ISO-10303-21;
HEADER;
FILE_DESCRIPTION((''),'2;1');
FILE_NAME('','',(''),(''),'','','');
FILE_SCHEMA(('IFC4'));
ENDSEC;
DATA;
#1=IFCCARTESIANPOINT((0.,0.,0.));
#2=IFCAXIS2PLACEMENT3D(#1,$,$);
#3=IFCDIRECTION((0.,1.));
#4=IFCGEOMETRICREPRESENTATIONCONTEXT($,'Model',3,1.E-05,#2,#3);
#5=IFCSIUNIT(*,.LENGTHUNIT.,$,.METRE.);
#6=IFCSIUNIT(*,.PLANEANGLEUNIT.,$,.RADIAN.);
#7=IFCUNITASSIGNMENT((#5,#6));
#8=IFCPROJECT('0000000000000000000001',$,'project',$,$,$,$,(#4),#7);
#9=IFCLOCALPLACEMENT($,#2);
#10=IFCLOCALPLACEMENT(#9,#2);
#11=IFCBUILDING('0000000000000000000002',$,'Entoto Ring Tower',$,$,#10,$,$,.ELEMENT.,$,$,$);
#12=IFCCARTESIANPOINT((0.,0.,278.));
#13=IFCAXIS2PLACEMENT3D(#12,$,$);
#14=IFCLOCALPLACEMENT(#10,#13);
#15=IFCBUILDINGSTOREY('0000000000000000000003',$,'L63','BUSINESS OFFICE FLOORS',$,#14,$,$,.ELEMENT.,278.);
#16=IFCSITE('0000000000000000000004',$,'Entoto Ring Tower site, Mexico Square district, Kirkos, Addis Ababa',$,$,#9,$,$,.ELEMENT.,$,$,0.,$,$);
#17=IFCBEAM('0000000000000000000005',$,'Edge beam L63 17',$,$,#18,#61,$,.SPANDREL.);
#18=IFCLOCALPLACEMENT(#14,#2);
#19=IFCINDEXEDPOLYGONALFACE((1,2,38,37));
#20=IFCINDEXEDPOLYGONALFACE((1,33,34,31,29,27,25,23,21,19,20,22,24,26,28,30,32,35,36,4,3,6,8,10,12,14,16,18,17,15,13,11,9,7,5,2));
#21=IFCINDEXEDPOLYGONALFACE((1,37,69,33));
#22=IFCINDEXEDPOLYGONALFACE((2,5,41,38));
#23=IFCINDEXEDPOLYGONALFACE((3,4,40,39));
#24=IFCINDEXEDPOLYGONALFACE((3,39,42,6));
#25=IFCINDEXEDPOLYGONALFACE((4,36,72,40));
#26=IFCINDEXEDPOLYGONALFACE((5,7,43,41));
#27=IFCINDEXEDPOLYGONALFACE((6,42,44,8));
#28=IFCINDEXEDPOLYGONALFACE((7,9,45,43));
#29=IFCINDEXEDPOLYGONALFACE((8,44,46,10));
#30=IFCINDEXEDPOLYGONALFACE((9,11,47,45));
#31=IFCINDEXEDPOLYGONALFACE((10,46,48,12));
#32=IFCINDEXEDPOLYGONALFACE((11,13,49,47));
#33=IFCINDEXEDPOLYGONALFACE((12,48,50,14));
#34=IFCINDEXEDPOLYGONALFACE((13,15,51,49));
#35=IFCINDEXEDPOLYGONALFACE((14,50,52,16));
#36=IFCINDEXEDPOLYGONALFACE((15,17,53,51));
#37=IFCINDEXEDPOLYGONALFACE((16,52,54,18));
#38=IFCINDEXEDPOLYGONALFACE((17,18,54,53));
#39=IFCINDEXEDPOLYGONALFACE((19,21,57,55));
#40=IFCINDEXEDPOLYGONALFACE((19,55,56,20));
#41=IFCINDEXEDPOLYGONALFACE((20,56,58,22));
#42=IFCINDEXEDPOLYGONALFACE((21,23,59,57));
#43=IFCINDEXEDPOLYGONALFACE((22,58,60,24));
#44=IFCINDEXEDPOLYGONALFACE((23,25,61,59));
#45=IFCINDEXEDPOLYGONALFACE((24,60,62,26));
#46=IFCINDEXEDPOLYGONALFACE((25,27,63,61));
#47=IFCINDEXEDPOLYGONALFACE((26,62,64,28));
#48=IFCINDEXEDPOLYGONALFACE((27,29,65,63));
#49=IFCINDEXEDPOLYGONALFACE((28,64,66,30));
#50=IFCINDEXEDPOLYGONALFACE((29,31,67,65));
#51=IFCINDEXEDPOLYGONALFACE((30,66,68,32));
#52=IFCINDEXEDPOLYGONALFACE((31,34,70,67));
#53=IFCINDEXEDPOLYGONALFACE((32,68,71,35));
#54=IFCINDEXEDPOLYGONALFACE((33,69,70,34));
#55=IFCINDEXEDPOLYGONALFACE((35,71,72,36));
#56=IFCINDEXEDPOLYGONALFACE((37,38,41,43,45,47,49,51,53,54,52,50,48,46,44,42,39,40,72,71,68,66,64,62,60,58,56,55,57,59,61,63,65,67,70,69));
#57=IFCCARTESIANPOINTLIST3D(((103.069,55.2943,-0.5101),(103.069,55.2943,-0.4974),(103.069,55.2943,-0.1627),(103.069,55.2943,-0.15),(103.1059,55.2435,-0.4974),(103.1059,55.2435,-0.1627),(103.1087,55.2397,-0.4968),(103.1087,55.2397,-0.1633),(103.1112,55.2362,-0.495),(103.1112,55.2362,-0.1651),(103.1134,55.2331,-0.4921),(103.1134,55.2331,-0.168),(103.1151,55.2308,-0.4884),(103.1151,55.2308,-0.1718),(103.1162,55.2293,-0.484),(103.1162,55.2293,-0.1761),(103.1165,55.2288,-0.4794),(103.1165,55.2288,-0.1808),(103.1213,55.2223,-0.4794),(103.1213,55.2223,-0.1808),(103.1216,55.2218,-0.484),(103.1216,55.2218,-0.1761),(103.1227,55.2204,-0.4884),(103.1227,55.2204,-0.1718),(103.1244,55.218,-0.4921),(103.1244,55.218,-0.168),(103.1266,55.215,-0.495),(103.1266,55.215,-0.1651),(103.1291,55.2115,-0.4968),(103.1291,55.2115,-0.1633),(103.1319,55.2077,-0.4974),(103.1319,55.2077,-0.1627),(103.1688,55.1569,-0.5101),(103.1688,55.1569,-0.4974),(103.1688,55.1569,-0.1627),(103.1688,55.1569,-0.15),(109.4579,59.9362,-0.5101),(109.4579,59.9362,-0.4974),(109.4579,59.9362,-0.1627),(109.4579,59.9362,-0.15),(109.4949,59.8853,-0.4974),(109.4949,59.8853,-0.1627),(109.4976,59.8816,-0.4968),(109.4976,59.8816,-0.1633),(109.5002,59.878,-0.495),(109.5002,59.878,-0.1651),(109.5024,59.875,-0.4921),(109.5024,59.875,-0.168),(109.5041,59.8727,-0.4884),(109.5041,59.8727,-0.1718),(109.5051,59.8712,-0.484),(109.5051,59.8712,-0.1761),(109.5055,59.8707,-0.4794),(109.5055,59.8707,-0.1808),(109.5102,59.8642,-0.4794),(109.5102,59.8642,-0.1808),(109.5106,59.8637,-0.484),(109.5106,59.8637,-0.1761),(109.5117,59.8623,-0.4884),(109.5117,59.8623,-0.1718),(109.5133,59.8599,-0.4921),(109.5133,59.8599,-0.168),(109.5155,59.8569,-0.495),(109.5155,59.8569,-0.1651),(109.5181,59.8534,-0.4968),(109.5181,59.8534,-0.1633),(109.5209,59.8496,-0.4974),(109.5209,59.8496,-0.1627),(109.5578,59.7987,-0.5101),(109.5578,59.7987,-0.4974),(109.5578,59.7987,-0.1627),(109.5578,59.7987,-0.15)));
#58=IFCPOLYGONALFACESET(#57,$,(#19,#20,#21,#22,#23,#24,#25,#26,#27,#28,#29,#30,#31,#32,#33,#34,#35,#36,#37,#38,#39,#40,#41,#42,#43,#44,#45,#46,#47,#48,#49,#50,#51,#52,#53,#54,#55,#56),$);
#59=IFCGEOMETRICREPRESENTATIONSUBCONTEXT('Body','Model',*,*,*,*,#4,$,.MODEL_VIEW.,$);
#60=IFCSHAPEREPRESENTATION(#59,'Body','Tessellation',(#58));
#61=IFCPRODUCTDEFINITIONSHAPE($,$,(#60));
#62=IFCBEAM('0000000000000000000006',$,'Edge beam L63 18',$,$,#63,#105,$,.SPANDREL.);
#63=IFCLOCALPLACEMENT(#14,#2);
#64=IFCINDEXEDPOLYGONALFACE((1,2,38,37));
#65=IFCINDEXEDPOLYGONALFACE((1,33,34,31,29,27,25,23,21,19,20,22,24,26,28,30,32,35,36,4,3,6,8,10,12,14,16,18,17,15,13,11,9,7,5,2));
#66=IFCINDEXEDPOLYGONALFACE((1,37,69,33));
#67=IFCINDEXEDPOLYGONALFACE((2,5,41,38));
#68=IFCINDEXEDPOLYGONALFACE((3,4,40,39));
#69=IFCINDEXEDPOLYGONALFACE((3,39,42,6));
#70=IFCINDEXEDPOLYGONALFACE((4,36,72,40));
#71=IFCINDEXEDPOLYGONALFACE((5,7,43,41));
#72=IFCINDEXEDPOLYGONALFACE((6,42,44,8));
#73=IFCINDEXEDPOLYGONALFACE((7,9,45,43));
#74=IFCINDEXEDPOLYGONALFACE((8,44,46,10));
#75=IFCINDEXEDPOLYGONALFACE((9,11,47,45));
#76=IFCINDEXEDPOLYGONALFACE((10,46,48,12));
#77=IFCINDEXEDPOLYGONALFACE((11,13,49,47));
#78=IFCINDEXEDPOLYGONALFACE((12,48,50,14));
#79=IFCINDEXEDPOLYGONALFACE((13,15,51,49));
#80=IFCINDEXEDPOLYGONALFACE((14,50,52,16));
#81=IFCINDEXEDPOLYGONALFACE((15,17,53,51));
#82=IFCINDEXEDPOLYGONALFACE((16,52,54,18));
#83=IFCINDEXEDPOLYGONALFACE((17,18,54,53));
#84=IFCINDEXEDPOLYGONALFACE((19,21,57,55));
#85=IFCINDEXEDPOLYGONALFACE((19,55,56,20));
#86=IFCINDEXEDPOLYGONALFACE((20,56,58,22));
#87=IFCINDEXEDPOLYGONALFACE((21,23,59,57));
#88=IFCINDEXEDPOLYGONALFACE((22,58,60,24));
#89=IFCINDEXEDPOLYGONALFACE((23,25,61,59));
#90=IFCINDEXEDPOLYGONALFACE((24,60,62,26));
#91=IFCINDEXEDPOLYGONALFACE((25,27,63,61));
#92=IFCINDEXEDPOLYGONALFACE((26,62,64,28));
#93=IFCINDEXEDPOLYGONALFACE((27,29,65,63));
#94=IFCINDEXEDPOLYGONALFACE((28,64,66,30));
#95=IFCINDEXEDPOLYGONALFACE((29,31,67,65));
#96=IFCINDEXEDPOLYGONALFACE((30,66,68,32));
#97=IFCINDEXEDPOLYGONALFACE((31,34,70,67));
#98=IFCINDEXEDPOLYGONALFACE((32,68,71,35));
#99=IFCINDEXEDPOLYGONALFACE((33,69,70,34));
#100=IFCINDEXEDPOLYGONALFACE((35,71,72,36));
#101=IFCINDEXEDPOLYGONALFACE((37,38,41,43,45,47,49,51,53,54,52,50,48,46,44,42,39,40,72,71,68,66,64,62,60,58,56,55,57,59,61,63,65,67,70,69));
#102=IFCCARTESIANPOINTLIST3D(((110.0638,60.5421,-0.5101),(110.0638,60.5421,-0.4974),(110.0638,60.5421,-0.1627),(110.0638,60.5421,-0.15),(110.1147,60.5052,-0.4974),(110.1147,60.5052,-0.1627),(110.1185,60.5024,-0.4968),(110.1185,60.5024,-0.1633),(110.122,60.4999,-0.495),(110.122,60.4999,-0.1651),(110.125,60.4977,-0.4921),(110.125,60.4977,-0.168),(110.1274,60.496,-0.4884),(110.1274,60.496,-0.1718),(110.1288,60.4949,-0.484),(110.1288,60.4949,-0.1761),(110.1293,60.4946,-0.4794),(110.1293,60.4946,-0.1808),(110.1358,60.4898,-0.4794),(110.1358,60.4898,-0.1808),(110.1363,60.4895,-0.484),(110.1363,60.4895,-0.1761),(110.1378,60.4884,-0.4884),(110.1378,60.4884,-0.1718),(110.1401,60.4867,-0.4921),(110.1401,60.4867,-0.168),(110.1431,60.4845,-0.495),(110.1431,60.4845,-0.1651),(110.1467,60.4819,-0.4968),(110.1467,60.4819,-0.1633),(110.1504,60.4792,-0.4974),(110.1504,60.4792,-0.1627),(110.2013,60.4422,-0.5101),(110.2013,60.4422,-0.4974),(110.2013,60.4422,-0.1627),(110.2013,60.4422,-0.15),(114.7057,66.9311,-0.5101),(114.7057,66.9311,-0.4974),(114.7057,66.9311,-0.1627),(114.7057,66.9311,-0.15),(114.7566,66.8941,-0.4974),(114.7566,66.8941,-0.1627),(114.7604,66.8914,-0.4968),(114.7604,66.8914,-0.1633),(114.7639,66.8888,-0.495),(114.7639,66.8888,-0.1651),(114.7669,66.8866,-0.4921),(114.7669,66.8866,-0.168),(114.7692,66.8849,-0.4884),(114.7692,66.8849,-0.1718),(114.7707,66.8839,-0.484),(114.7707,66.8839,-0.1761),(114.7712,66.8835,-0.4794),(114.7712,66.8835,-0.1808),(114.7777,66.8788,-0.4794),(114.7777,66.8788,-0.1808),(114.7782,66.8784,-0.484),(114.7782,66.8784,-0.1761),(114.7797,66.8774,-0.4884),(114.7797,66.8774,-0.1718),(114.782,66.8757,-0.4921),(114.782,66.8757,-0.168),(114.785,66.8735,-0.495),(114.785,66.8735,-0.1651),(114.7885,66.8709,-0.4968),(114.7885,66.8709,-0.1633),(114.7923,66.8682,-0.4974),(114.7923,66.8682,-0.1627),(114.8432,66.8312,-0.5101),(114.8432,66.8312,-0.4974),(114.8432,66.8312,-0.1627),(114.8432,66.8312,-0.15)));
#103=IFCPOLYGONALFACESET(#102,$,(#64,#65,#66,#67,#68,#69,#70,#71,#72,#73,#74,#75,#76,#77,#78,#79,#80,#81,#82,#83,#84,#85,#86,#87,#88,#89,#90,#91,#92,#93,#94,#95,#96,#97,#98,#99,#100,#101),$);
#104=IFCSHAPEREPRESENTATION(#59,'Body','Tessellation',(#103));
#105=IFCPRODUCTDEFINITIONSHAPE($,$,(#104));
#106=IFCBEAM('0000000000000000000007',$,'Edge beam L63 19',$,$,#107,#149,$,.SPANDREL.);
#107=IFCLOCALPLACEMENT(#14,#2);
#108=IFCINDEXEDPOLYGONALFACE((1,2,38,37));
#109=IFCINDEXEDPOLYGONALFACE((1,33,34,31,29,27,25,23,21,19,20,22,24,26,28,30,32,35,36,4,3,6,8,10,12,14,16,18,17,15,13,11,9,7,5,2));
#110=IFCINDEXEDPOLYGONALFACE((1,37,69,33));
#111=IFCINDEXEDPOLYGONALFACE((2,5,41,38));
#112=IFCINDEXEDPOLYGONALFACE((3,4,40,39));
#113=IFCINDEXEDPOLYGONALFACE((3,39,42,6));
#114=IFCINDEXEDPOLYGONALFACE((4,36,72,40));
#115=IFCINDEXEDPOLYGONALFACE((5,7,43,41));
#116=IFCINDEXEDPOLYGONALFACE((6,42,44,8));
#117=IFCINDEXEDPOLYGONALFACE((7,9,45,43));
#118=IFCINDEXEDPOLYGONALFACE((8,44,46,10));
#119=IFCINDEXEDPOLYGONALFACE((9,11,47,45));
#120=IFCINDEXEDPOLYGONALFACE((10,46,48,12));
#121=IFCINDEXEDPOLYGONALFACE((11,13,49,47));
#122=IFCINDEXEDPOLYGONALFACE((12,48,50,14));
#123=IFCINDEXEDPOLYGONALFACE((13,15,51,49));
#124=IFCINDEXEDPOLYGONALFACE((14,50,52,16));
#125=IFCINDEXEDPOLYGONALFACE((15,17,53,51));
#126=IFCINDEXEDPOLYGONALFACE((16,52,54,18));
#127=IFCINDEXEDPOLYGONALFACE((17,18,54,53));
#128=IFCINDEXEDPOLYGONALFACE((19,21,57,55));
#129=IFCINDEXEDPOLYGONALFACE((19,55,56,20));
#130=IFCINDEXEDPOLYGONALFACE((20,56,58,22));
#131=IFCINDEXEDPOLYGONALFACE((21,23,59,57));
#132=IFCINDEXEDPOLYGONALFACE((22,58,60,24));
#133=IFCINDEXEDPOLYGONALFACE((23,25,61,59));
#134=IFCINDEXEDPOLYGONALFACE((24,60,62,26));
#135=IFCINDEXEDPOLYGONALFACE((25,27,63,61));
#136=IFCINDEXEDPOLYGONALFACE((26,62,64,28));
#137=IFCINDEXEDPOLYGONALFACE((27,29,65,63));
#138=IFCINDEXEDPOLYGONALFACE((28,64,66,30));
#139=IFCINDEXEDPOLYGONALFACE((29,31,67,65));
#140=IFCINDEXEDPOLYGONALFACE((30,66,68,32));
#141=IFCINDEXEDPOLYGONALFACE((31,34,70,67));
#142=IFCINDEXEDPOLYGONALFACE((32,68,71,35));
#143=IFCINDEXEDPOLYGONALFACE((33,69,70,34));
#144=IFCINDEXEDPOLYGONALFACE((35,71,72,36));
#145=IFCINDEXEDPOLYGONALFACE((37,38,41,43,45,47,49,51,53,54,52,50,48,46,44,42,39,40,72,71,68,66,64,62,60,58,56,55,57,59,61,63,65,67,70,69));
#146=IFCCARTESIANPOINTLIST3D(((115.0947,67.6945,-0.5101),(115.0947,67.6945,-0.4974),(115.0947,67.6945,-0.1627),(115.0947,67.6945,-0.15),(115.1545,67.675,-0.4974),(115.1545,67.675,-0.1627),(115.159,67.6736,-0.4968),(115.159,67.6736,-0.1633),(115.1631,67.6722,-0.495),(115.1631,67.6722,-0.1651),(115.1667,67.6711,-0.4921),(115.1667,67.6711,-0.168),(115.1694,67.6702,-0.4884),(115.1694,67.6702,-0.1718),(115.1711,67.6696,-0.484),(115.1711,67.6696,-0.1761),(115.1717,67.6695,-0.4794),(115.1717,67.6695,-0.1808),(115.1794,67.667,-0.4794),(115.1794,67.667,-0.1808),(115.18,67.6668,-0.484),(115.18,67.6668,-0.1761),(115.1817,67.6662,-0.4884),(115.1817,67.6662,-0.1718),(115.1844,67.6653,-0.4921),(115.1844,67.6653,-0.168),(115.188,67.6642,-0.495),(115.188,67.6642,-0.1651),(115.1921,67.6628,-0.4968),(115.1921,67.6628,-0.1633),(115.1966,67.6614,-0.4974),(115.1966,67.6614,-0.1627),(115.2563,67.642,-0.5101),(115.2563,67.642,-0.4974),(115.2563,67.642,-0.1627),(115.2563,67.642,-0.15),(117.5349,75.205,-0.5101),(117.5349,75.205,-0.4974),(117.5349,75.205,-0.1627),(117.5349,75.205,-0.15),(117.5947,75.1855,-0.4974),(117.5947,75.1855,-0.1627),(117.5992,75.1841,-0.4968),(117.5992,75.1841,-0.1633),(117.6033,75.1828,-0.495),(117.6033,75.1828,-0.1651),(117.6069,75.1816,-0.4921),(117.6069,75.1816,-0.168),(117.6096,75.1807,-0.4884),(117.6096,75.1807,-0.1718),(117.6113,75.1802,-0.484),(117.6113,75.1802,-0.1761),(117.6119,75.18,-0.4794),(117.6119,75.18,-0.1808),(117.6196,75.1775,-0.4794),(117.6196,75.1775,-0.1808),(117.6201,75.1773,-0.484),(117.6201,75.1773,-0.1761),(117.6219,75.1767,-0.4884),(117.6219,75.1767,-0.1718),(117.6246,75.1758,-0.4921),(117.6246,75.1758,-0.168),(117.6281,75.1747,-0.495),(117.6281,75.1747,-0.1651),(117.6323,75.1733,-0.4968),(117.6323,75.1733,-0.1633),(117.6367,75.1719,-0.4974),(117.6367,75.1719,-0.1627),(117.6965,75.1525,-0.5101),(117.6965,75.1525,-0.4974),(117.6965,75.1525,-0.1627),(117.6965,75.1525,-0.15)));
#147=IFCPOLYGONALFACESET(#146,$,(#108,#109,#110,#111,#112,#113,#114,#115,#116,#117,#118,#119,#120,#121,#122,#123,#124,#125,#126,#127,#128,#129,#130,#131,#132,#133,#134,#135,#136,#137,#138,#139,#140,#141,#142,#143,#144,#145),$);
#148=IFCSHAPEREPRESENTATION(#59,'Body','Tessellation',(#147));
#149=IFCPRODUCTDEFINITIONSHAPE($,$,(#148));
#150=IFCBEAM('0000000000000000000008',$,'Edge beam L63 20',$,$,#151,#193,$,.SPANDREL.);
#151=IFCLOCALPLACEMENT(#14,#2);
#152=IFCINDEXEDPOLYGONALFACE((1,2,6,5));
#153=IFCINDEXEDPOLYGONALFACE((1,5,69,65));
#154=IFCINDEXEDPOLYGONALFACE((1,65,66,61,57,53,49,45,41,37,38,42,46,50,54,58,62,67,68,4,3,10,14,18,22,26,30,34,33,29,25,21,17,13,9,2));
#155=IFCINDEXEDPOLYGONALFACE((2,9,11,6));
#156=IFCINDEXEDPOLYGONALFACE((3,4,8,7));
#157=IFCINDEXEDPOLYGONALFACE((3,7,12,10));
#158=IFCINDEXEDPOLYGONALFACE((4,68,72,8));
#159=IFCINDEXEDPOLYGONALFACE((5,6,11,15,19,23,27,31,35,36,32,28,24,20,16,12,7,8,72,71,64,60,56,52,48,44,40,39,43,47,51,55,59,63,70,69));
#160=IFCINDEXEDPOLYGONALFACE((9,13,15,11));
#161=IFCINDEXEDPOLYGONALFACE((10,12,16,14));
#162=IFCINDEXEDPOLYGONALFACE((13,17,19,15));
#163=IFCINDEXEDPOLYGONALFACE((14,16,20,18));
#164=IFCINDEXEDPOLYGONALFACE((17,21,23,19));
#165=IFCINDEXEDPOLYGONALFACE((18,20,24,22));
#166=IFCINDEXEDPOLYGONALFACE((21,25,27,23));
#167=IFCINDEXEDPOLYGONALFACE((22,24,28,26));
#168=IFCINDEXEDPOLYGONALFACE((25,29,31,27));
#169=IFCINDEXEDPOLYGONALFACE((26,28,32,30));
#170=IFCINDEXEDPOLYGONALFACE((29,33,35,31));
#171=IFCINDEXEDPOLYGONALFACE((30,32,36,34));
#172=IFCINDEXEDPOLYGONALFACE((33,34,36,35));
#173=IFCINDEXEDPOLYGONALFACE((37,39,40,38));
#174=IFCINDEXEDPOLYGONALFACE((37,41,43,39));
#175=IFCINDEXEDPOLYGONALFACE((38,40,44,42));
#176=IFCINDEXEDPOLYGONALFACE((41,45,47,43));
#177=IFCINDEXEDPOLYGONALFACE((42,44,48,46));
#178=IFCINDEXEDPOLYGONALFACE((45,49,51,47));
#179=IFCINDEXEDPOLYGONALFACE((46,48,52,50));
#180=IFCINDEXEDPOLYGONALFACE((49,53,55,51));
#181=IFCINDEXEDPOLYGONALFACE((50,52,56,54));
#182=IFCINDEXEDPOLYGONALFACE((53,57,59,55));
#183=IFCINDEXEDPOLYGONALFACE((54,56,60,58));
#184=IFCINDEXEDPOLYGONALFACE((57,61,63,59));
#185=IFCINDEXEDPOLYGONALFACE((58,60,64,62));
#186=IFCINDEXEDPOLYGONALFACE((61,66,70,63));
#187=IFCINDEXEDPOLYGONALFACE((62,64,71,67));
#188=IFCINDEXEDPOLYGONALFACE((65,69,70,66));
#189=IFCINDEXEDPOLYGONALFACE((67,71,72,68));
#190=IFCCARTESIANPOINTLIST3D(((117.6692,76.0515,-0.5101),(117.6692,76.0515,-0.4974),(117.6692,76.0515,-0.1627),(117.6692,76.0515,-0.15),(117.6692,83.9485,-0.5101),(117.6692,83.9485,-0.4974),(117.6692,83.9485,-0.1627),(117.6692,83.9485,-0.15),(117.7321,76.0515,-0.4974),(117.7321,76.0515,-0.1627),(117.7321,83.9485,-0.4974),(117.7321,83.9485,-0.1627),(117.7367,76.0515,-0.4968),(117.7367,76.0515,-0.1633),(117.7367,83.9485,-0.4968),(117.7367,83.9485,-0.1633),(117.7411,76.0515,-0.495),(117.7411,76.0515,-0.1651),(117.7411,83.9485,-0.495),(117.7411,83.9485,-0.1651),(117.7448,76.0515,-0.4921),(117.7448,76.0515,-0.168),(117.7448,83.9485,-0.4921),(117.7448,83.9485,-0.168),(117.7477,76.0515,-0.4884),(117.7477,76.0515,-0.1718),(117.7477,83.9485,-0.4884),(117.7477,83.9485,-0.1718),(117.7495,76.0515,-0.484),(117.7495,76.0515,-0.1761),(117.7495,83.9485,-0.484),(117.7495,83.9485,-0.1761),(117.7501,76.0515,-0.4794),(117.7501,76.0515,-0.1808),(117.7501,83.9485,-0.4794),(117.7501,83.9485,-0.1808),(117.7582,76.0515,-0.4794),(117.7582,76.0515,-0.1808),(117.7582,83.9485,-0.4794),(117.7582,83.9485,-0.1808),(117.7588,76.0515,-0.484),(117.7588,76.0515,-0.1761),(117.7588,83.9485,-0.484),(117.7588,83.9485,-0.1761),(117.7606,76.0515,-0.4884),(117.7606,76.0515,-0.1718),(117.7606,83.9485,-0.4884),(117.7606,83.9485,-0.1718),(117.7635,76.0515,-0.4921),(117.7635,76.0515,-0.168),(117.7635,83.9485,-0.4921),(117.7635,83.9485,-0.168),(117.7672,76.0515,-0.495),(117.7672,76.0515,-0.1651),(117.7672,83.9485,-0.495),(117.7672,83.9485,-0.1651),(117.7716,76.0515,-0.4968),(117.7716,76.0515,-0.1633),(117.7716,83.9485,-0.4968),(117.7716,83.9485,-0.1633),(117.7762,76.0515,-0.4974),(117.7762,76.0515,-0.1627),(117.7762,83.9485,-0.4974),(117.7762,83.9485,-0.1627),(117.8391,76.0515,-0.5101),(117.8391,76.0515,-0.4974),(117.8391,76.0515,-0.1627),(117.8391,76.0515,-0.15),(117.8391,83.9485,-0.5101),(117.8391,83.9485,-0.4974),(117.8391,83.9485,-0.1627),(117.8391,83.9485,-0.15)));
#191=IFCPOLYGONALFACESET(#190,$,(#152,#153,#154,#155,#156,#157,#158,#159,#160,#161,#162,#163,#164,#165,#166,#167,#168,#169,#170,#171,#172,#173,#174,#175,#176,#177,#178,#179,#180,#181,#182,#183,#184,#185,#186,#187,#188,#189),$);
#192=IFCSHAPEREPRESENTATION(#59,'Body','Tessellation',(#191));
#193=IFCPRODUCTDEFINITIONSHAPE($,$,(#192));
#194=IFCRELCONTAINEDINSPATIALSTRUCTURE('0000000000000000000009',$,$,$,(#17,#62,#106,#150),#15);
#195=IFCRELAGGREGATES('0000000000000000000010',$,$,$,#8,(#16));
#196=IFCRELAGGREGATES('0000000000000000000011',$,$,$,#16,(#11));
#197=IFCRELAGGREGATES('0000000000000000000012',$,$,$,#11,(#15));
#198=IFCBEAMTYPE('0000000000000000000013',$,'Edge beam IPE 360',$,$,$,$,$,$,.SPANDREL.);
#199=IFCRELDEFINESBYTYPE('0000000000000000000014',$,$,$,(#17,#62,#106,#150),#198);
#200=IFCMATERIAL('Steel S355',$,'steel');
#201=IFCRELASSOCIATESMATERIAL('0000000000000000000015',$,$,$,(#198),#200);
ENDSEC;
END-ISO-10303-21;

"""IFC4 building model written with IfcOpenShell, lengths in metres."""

from ifc_helpers import new_model, si_unit, direction, frame, origin, origin_2d, place, context, subcontext, project, spatial, i_section, extrude, material, material_profile, profile_set, type_object, element, save


model = new_model("IFC4")

# Units and contexts
model_context = context("Model", 3, precision=1e-05, world=origin(), true_north=direction((0.0, 1.0)))
body_context = subcontext(model_context, "Body", "Model", "MODEL_VIEW")
ifc_project = project(units=[si_unit("LENGTHUNIT", "METRE"), si_unit("PLANEANGLEUNIT", "RADIAN")], contexts=[model_context])

# Site, building, storey
site_placement = place(None, origin())
site = spatial("IfcSite", under=ifc_project, at=site_placement, Name="Entoto Ring Tower site, Mexico Square district, Kirkos, Addis Ababa", CompositionType="ELEMENT", RefElevation=0.0)
building_placement = place(site_placement, origin())
building = spatial("IfcBuilding", under=site, at=building_placement, Name="Entoto Ring Tower", CompositionType="ELEMENT")
storey_placement = place(building_placement, frame((0.0, 0.0, 278.0)))
storey = spatial("IfcBuildingStorey", under=building, at=storey_placement, Name="L63", Description="BUSINESS OFFICE FLOORS", CompositionType="ELEMENT", Elevation=278.0)

# Beams
ifc_material_1 = material(Name="Steel S355", Category="steel")
ifc_material_profile_1 = material_profile(ifc_material_1, i_section(OverallWidth=0.1699, OverallDepth=0.3601, WebThickness=0.0081, FlangeThickness=0.0127, FilletRadius=0.0181, at=origin_2d()), Name="IPE 360")
ifc_profile_set_1 = profile_set([ifc_material_profile_1], Name="Steel S355")
beam_type_1 = type_object("IfcBeamType", Name="Edge beam IPE 360", PredefinedType="SPANDREL", material=ifc_profile_set_1)
for number, where, z_axis, x_axis, name in (
    (1, (103.1189, 55.2256, -0.3301), (0.809015, 0.587787, 0.0), (-0.587787, 0.809015, 0.0), "Edge beam L63 17"),
    (2, (110.1326, 60.4922, -0.3301), (0.587787, 0.809015, 0.0), (-0.809015, 0.587787, 0.0), "Edge beam L63 18"),
):
    element("IfcBeam", number, at=place(storey_placement, frame(where, z_axis=z_axis, x_axis=x_axis)), inside=storey, type_object=beam_type_1, Name=name, PredefinedType="SPANDREL", context=body_context, shape_type="SweptSolid", body=[
        extrude(i_section(OverallWidth=0.1699, OverallDepth=0.3601, WebThickness=0.0081, FlangeThickness=0.0127, FilletRadius=0.0181, at=origin_2d()), origin(), (0.0, 0.0, 1.0), 7.8972),
    ])
for number, where, z_axis, x_axis, name in (
    (3, (115.1755, 67.6682, -0.3301), (0.309003, 0.951061, 0.0), (-0.951061, 0.309003, 0.0), "Edge beam L63 19"),
    (4, (117.7542, 76.0515, -0.3301), (0.0, 1.0, 0.0), (-1.0, 0.0, 0.0), "Edge beam L63 20"),
):
    element("IfcBeam", number, at=place(storey_placement, frame(where, z_axis=z_axis, x_axis=x_axis)), inside=storey, type_object=beam_type_1, Name=name, PredefinedType="SPANDREL", context=body_context, shape_type="SweptSolid", body=[
        extrude(i_section(OverallWidth=0.1699, OverallDepth=0.3601, WebThickness=0.0081, FlangeThickness=0.0127, FilletRadius=0.0181, at=origin_2d()), origin(), (0.0, 0.0, 1.0), 7.897),
    ])

save(model, "model.ifc")
